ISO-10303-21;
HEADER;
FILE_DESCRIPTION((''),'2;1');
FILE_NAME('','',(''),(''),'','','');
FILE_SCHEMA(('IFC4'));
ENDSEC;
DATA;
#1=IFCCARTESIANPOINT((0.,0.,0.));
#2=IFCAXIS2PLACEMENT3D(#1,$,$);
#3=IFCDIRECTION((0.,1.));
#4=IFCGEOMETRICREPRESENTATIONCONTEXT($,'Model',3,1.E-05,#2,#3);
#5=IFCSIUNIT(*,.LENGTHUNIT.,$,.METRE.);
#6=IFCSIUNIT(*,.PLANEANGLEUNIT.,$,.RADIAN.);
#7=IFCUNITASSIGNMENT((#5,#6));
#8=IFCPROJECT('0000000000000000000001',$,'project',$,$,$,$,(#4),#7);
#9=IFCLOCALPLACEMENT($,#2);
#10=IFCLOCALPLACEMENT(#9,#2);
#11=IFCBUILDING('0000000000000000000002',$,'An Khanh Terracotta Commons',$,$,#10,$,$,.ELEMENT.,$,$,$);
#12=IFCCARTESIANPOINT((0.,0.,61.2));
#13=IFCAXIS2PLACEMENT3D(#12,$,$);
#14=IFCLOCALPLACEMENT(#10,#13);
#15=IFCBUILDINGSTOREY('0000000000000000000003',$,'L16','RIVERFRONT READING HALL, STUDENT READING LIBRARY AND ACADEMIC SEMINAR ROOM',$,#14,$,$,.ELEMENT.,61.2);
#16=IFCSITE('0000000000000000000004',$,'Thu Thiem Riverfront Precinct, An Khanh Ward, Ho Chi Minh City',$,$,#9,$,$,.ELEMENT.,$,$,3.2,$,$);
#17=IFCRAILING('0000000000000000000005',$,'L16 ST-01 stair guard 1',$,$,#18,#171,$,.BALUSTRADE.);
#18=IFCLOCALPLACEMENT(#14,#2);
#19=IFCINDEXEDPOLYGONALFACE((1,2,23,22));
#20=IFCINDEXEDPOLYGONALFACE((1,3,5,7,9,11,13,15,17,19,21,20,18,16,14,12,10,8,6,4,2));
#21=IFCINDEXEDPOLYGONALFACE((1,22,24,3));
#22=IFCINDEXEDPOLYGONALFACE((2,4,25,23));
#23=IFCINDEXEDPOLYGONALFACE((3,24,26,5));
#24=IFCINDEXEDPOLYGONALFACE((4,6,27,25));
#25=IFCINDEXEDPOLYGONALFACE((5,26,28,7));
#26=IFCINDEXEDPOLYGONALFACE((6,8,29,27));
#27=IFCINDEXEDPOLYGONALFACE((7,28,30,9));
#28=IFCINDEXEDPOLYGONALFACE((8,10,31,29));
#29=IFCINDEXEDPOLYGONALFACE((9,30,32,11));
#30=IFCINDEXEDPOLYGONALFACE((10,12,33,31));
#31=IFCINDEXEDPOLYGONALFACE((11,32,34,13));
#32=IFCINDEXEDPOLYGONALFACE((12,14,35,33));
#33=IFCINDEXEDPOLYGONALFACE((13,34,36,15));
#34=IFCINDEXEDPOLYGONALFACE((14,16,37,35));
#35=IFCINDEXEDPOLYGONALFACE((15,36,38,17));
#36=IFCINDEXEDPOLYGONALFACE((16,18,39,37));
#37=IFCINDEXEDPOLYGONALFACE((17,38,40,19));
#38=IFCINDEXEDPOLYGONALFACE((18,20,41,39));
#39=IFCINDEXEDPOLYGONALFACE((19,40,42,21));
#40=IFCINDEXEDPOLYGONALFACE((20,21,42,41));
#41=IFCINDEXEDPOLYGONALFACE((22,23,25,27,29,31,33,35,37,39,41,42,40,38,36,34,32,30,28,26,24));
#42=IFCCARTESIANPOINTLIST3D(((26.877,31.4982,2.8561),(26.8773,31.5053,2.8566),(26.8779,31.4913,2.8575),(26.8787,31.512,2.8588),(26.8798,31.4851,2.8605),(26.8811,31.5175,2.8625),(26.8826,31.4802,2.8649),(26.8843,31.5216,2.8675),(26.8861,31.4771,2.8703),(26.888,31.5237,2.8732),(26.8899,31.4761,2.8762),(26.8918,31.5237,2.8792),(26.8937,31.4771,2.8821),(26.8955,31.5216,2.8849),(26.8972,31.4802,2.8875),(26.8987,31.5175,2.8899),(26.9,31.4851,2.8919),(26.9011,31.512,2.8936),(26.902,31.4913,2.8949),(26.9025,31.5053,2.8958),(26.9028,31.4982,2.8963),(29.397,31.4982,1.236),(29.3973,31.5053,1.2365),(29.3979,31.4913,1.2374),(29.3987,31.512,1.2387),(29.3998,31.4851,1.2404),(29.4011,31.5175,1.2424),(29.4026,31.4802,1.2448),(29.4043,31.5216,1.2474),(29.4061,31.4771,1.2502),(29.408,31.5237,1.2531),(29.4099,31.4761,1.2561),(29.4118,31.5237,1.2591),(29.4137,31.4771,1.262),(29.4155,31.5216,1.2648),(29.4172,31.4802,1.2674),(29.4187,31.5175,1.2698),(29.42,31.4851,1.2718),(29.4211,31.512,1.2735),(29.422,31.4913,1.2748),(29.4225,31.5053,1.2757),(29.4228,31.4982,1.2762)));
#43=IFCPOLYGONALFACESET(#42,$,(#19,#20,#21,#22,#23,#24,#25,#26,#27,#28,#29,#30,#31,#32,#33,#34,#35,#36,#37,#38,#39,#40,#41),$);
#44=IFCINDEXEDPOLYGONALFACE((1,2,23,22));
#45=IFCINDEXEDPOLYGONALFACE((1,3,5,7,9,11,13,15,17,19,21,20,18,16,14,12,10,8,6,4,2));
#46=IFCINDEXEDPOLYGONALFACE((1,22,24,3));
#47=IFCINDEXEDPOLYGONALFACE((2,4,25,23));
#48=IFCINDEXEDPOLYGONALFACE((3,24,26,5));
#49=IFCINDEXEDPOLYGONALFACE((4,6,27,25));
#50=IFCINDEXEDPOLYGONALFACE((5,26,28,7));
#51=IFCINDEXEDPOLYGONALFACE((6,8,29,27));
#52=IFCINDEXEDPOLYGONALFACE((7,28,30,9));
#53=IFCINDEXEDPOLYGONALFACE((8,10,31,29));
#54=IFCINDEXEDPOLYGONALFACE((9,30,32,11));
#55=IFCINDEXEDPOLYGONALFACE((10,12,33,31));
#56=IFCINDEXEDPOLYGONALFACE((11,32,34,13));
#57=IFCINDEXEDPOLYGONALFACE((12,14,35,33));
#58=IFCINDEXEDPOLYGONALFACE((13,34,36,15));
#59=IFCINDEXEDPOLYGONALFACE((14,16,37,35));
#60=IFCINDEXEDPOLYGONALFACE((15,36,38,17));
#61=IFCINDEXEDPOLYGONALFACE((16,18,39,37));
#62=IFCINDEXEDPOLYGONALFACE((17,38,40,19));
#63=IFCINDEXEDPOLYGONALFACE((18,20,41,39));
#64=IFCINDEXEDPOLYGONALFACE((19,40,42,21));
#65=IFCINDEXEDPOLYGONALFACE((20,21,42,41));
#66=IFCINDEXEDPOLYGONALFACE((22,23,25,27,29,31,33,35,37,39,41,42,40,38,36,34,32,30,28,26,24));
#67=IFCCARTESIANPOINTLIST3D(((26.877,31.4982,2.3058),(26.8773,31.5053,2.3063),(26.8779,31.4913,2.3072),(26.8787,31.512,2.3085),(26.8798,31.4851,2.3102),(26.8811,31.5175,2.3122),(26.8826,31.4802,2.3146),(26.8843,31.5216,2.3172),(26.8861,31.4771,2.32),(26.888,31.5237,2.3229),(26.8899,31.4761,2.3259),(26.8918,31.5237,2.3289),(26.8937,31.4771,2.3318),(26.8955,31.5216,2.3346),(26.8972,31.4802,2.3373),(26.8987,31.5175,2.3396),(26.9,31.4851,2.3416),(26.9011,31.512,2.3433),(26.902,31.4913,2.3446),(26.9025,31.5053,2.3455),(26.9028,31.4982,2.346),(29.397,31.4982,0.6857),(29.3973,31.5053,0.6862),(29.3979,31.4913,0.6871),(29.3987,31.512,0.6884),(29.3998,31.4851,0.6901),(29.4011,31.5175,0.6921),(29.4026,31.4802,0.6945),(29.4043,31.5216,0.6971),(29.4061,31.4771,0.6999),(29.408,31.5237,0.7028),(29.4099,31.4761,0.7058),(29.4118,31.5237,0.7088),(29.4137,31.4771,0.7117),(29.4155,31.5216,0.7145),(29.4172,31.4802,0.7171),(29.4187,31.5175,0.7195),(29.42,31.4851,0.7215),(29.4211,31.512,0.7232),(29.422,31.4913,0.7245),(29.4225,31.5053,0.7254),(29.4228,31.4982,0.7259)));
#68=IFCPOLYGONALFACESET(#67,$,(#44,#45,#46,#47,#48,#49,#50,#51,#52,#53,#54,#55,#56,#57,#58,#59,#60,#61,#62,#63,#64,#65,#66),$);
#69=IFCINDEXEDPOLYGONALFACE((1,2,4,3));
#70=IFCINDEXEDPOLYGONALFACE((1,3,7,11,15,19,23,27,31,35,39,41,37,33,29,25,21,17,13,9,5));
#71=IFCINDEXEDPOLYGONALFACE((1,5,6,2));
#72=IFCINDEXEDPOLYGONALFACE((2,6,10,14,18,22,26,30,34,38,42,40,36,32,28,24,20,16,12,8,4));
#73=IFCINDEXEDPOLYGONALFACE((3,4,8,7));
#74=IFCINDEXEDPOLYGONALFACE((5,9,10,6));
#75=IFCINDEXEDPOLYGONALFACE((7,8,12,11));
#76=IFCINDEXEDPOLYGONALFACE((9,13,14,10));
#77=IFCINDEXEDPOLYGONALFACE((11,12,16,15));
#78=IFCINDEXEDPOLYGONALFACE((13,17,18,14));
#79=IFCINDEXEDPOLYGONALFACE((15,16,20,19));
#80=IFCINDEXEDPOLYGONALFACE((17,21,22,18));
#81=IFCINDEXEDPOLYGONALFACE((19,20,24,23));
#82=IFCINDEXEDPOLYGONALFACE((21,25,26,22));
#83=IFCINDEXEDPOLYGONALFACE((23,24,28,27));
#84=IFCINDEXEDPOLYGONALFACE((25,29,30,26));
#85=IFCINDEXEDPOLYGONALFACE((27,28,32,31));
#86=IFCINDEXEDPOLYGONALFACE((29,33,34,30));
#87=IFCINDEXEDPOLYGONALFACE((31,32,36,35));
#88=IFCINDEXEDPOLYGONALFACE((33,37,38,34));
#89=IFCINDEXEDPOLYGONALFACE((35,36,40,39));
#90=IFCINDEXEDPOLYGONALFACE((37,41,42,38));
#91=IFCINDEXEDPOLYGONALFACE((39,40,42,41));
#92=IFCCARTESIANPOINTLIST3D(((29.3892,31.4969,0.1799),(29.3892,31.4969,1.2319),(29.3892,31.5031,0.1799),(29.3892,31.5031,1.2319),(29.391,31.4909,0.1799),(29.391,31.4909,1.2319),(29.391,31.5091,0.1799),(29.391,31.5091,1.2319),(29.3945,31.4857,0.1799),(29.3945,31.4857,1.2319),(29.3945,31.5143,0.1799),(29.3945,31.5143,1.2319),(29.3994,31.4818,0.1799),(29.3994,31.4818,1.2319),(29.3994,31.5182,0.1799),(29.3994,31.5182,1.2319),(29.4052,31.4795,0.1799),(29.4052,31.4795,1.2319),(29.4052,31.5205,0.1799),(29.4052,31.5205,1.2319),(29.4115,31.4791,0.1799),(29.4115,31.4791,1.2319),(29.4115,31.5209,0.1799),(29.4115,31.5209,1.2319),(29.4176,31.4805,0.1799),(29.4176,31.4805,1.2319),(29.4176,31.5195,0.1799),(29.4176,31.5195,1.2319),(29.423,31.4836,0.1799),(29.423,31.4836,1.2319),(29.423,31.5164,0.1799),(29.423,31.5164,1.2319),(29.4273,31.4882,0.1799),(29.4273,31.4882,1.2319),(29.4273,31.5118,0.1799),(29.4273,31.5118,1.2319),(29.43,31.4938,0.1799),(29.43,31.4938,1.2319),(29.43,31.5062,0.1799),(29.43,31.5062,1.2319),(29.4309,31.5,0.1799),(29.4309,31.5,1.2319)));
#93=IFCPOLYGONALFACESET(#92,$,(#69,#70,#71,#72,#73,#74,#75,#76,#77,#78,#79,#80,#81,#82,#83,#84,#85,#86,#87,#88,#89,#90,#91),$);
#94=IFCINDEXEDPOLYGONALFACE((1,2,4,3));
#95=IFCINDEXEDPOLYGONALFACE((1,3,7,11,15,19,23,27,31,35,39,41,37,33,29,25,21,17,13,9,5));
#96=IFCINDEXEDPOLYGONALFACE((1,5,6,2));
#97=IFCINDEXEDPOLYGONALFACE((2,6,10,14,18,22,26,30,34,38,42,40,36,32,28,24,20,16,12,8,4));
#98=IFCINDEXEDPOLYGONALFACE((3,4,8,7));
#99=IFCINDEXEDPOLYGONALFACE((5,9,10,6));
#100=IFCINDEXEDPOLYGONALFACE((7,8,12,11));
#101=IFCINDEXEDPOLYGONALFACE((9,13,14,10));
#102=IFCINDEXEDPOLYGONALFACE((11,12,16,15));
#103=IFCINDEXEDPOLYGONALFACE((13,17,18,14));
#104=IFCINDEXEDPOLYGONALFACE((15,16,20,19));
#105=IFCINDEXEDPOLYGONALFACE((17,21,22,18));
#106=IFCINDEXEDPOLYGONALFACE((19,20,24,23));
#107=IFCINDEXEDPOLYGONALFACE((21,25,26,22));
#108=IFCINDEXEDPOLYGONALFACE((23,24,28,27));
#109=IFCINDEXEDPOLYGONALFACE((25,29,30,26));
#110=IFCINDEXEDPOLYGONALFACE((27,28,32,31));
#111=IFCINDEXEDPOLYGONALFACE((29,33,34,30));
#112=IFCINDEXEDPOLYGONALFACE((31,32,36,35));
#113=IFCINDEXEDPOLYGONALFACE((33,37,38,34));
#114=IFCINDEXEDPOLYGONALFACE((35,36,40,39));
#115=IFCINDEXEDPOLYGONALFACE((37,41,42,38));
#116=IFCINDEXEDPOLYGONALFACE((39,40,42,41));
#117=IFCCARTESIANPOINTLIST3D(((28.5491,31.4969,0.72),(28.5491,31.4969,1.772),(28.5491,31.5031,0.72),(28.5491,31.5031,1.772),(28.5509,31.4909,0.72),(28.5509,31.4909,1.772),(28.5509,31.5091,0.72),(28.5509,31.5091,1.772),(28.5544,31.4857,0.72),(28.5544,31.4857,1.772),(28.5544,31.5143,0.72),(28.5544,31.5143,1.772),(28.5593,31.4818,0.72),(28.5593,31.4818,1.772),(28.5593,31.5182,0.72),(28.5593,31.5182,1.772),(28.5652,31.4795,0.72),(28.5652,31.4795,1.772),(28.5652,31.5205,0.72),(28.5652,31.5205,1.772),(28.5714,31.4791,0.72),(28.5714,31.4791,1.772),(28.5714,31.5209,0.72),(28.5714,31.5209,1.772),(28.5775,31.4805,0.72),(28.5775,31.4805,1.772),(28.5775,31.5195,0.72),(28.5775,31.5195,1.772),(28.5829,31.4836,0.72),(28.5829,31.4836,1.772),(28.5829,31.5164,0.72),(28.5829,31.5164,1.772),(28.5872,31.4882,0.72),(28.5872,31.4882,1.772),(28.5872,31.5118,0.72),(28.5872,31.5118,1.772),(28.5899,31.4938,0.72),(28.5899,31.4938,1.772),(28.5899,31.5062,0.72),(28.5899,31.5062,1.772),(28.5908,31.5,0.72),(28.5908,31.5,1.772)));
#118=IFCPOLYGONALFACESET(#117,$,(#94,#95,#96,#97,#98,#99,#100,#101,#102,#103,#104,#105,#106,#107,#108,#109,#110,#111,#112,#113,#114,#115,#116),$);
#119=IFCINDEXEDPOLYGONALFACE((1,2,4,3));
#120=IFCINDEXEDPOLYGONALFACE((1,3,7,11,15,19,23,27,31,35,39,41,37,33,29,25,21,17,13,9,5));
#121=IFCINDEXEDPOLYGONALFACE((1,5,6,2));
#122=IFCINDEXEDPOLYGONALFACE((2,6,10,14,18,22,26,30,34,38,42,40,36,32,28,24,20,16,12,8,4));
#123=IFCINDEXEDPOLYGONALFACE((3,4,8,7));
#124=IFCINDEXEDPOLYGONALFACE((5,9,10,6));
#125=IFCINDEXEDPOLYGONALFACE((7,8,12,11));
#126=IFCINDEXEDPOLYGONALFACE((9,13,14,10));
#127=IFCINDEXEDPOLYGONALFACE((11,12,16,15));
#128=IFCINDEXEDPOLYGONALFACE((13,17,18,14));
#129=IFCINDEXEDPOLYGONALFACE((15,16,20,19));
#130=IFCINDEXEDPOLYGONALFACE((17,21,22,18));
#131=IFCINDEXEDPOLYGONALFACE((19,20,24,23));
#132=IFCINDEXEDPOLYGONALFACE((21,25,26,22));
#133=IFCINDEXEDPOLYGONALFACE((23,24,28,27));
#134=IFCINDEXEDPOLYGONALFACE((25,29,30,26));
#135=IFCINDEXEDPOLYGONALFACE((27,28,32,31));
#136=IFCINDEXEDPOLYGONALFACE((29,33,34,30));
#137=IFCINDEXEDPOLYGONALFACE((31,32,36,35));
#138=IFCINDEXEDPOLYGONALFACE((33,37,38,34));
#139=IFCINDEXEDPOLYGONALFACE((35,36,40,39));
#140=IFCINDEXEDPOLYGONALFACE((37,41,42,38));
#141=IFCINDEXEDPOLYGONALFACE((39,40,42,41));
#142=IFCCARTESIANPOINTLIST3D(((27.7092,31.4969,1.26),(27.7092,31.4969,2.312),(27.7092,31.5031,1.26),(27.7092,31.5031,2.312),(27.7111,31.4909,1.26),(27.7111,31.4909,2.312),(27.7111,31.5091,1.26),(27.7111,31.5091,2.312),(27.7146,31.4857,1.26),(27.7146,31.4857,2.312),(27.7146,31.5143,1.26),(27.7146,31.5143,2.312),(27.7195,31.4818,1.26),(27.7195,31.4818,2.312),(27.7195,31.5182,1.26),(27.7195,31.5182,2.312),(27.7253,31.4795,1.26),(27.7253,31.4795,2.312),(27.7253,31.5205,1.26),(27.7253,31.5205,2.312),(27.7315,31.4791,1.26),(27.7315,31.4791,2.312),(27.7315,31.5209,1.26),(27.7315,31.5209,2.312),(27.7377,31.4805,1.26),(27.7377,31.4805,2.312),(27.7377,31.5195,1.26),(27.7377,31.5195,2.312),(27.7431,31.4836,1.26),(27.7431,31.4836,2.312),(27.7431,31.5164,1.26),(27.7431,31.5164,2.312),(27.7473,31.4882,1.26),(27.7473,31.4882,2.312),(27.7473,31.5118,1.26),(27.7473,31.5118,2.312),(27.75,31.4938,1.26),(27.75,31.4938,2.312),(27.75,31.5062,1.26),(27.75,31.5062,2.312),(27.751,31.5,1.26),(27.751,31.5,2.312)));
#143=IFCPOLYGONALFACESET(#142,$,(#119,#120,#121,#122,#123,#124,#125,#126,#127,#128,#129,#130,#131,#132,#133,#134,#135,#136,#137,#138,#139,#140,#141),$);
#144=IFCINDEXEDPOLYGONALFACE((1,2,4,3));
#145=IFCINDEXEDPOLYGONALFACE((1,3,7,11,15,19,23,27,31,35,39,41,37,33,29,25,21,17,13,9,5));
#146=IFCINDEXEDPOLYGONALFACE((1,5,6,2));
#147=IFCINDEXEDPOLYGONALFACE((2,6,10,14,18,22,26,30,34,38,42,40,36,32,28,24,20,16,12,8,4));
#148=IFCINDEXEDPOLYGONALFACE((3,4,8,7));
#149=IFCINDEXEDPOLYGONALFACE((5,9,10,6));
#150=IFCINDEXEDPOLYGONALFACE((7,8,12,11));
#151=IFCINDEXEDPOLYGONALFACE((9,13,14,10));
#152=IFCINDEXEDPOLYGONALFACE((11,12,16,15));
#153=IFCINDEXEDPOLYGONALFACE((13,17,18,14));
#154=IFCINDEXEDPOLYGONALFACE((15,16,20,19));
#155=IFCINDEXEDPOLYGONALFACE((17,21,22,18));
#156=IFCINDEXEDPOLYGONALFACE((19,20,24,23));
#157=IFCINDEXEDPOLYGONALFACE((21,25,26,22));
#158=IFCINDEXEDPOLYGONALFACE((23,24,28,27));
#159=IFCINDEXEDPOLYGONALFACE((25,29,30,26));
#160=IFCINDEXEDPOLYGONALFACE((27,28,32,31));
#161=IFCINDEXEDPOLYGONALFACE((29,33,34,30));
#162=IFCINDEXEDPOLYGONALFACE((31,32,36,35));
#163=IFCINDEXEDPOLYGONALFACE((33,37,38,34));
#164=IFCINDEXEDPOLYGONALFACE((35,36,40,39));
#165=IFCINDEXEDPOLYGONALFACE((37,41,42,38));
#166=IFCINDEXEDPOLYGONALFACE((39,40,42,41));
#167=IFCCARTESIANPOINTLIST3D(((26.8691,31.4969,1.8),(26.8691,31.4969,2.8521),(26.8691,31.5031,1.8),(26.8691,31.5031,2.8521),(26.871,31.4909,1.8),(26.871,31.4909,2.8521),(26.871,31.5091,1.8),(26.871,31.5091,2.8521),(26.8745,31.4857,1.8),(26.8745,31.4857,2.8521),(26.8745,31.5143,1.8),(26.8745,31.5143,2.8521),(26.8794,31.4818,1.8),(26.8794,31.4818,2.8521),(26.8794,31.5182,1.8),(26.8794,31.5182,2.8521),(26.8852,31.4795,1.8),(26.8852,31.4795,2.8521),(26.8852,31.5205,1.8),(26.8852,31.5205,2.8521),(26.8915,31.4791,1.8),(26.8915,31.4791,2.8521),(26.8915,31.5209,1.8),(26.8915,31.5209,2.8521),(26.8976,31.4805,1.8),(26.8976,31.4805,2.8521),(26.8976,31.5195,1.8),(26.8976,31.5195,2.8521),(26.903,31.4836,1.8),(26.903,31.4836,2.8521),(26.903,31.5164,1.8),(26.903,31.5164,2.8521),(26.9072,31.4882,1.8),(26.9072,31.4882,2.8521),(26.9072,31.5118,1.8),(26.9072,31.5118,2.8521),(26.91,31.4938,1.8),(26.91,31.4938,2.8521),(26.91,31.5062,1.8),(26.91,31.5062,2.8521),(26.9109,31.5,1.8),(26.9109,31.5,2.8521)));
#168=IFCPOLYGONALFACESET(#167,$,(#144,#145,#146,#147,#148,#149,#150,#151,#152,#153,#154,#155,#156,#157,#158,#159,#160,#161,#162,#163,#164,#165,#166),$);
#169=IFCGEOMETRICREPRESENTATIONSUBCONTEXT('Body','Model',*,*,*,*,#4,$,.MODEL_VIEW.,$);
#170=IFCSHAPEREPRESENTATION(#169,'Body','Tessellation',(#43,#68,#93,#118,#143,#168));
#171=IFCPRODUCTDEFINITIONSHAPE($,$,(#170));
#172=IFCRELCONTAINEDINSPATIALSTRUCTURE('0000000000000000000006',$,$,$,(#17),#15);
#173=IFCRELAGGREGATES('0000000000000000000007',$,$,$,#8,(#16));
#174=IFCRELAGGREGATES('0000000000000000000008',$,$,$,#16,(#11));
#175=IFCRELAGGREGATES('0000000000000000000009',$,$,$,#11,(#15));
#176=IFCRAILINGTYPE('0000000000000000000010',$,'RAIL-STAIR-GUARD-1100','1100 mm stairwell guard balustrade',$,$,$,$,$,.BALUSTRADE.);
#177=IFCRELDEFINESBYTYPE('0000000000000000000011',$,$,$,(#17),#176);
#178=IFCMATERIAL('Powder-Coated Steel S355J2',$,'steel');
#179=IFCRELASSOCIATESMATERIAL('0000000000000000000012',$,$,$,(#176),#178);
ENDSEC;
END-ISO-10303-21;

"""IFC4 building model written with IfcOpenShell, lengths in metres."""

from ifc_helpers import new_model, si_unit, direction, frame, origin, origin_2d, place, context, subcontext, project, spatial, circle, extrude, material, type_object, element, save


model = new_model("IFC4")

# Units and contexts
model_context = context("Model", 3, precision=1e-05, world=origin(), true_north=direction((0.0, 1.0)))
body_context = subcontext(model_context, "Body", "Model", "MODEL_VIEW")
ifc_project = project(units=[si_unit("LENGTHUNIT", "METRE"), si_unit("PLANEANGLEUNIT", "RADIAN")], contexts=[model_context])

# Site, building, storey
site_placement = place(None, origin())
site = spatial("IfcSite", under=ifc_project, at=site_placement, Name="Thu Thiem Riverfront Precinct, An Khanh Ward, Ho Chi Minh City", CompositionType="ELEMENT", RefElevation=3.2)
building_placement = place(site_placement, origin())
building = spatial("IfcBuilding", under=site, at=building_placement, Name="An Khanh Terracotta Commons", CompositionType="ELEMENT")
storey_placement = place(building_placement, frame((0.0, 0.0, 61.2)))
storey = spatial("IfcBuildingStorey", under=building, at=storey_placement, Name="L16", Description="RIVERFRONT READING HALL, STUDENT READING LIBRARY AND ACADEMIC SEMINAR ROOM", CompositionType="ELEMENT", Elevation=61.2)

# Railing
ifc_material_1 = material(Name="Powder-Coated Steel S355J2", Category="steel")
railing_type_1 = type_object("IfcRailingType", Name="RAIL-STAIR-GUARD-1100", Description="1100 mm stairwell guard balustrade", PredefinedType="BALUSTRADE", material=ifc_material_1)
railing_1_placement = place(storey_placement, frame((29.4099, 31.5, 0.1799)))
element("IfcRailing", 1, at=railing_1_placement, inside=storey, type_object=railing_type_1, Name="L16 ST-01 stair guard 1", PredefinedType="BALUSTRADE", context=body_context, shape_type="SweptSolid", body=[
    extrude(circle(Radius=0.0239, at=origin_2d()), frame((0.0, 0.0, 1.0762), z_axis=(-0.841163, 0.0, 0.540782), x_axis=(0.0, -1.0, 0.0)), (0.0, 0.0, 1.0), 2.9958),
    extrude(circle(Radius=0.0239, at=origin_2d()), frame((0.0, 0.0, 0.5259), z_axis=(-0.841163, 0.0, 0.540782), x_axis=(0.0, -1.0, 0.0)), (0.0, 0.0, 1.0), 2.9958),
    extrude(circle(Radius=0.021, at=origin_2d()), origin(), (0.0, 0.0, 1.0), 1.052),
    extrude(circle(Radius=0.021, at=origin_2d()), frame((-0.8401, 0.0, 0.54)), (0.0, 0.0, 1.0), 1.052),
    extrude(circle(Radius=0.021, at=origin_2d()), frame((-1.6799, 0.0, 1.0801)), (0.0, 0.0, 1.0), 1.052),
    extrude(circle(Radius=0.021, at=origin_2d()), frame((-2.52, 0.0, 1.6201)), (0.0, 0.0, 1.0), 1.052),
])

save(model, "model.ifc")
